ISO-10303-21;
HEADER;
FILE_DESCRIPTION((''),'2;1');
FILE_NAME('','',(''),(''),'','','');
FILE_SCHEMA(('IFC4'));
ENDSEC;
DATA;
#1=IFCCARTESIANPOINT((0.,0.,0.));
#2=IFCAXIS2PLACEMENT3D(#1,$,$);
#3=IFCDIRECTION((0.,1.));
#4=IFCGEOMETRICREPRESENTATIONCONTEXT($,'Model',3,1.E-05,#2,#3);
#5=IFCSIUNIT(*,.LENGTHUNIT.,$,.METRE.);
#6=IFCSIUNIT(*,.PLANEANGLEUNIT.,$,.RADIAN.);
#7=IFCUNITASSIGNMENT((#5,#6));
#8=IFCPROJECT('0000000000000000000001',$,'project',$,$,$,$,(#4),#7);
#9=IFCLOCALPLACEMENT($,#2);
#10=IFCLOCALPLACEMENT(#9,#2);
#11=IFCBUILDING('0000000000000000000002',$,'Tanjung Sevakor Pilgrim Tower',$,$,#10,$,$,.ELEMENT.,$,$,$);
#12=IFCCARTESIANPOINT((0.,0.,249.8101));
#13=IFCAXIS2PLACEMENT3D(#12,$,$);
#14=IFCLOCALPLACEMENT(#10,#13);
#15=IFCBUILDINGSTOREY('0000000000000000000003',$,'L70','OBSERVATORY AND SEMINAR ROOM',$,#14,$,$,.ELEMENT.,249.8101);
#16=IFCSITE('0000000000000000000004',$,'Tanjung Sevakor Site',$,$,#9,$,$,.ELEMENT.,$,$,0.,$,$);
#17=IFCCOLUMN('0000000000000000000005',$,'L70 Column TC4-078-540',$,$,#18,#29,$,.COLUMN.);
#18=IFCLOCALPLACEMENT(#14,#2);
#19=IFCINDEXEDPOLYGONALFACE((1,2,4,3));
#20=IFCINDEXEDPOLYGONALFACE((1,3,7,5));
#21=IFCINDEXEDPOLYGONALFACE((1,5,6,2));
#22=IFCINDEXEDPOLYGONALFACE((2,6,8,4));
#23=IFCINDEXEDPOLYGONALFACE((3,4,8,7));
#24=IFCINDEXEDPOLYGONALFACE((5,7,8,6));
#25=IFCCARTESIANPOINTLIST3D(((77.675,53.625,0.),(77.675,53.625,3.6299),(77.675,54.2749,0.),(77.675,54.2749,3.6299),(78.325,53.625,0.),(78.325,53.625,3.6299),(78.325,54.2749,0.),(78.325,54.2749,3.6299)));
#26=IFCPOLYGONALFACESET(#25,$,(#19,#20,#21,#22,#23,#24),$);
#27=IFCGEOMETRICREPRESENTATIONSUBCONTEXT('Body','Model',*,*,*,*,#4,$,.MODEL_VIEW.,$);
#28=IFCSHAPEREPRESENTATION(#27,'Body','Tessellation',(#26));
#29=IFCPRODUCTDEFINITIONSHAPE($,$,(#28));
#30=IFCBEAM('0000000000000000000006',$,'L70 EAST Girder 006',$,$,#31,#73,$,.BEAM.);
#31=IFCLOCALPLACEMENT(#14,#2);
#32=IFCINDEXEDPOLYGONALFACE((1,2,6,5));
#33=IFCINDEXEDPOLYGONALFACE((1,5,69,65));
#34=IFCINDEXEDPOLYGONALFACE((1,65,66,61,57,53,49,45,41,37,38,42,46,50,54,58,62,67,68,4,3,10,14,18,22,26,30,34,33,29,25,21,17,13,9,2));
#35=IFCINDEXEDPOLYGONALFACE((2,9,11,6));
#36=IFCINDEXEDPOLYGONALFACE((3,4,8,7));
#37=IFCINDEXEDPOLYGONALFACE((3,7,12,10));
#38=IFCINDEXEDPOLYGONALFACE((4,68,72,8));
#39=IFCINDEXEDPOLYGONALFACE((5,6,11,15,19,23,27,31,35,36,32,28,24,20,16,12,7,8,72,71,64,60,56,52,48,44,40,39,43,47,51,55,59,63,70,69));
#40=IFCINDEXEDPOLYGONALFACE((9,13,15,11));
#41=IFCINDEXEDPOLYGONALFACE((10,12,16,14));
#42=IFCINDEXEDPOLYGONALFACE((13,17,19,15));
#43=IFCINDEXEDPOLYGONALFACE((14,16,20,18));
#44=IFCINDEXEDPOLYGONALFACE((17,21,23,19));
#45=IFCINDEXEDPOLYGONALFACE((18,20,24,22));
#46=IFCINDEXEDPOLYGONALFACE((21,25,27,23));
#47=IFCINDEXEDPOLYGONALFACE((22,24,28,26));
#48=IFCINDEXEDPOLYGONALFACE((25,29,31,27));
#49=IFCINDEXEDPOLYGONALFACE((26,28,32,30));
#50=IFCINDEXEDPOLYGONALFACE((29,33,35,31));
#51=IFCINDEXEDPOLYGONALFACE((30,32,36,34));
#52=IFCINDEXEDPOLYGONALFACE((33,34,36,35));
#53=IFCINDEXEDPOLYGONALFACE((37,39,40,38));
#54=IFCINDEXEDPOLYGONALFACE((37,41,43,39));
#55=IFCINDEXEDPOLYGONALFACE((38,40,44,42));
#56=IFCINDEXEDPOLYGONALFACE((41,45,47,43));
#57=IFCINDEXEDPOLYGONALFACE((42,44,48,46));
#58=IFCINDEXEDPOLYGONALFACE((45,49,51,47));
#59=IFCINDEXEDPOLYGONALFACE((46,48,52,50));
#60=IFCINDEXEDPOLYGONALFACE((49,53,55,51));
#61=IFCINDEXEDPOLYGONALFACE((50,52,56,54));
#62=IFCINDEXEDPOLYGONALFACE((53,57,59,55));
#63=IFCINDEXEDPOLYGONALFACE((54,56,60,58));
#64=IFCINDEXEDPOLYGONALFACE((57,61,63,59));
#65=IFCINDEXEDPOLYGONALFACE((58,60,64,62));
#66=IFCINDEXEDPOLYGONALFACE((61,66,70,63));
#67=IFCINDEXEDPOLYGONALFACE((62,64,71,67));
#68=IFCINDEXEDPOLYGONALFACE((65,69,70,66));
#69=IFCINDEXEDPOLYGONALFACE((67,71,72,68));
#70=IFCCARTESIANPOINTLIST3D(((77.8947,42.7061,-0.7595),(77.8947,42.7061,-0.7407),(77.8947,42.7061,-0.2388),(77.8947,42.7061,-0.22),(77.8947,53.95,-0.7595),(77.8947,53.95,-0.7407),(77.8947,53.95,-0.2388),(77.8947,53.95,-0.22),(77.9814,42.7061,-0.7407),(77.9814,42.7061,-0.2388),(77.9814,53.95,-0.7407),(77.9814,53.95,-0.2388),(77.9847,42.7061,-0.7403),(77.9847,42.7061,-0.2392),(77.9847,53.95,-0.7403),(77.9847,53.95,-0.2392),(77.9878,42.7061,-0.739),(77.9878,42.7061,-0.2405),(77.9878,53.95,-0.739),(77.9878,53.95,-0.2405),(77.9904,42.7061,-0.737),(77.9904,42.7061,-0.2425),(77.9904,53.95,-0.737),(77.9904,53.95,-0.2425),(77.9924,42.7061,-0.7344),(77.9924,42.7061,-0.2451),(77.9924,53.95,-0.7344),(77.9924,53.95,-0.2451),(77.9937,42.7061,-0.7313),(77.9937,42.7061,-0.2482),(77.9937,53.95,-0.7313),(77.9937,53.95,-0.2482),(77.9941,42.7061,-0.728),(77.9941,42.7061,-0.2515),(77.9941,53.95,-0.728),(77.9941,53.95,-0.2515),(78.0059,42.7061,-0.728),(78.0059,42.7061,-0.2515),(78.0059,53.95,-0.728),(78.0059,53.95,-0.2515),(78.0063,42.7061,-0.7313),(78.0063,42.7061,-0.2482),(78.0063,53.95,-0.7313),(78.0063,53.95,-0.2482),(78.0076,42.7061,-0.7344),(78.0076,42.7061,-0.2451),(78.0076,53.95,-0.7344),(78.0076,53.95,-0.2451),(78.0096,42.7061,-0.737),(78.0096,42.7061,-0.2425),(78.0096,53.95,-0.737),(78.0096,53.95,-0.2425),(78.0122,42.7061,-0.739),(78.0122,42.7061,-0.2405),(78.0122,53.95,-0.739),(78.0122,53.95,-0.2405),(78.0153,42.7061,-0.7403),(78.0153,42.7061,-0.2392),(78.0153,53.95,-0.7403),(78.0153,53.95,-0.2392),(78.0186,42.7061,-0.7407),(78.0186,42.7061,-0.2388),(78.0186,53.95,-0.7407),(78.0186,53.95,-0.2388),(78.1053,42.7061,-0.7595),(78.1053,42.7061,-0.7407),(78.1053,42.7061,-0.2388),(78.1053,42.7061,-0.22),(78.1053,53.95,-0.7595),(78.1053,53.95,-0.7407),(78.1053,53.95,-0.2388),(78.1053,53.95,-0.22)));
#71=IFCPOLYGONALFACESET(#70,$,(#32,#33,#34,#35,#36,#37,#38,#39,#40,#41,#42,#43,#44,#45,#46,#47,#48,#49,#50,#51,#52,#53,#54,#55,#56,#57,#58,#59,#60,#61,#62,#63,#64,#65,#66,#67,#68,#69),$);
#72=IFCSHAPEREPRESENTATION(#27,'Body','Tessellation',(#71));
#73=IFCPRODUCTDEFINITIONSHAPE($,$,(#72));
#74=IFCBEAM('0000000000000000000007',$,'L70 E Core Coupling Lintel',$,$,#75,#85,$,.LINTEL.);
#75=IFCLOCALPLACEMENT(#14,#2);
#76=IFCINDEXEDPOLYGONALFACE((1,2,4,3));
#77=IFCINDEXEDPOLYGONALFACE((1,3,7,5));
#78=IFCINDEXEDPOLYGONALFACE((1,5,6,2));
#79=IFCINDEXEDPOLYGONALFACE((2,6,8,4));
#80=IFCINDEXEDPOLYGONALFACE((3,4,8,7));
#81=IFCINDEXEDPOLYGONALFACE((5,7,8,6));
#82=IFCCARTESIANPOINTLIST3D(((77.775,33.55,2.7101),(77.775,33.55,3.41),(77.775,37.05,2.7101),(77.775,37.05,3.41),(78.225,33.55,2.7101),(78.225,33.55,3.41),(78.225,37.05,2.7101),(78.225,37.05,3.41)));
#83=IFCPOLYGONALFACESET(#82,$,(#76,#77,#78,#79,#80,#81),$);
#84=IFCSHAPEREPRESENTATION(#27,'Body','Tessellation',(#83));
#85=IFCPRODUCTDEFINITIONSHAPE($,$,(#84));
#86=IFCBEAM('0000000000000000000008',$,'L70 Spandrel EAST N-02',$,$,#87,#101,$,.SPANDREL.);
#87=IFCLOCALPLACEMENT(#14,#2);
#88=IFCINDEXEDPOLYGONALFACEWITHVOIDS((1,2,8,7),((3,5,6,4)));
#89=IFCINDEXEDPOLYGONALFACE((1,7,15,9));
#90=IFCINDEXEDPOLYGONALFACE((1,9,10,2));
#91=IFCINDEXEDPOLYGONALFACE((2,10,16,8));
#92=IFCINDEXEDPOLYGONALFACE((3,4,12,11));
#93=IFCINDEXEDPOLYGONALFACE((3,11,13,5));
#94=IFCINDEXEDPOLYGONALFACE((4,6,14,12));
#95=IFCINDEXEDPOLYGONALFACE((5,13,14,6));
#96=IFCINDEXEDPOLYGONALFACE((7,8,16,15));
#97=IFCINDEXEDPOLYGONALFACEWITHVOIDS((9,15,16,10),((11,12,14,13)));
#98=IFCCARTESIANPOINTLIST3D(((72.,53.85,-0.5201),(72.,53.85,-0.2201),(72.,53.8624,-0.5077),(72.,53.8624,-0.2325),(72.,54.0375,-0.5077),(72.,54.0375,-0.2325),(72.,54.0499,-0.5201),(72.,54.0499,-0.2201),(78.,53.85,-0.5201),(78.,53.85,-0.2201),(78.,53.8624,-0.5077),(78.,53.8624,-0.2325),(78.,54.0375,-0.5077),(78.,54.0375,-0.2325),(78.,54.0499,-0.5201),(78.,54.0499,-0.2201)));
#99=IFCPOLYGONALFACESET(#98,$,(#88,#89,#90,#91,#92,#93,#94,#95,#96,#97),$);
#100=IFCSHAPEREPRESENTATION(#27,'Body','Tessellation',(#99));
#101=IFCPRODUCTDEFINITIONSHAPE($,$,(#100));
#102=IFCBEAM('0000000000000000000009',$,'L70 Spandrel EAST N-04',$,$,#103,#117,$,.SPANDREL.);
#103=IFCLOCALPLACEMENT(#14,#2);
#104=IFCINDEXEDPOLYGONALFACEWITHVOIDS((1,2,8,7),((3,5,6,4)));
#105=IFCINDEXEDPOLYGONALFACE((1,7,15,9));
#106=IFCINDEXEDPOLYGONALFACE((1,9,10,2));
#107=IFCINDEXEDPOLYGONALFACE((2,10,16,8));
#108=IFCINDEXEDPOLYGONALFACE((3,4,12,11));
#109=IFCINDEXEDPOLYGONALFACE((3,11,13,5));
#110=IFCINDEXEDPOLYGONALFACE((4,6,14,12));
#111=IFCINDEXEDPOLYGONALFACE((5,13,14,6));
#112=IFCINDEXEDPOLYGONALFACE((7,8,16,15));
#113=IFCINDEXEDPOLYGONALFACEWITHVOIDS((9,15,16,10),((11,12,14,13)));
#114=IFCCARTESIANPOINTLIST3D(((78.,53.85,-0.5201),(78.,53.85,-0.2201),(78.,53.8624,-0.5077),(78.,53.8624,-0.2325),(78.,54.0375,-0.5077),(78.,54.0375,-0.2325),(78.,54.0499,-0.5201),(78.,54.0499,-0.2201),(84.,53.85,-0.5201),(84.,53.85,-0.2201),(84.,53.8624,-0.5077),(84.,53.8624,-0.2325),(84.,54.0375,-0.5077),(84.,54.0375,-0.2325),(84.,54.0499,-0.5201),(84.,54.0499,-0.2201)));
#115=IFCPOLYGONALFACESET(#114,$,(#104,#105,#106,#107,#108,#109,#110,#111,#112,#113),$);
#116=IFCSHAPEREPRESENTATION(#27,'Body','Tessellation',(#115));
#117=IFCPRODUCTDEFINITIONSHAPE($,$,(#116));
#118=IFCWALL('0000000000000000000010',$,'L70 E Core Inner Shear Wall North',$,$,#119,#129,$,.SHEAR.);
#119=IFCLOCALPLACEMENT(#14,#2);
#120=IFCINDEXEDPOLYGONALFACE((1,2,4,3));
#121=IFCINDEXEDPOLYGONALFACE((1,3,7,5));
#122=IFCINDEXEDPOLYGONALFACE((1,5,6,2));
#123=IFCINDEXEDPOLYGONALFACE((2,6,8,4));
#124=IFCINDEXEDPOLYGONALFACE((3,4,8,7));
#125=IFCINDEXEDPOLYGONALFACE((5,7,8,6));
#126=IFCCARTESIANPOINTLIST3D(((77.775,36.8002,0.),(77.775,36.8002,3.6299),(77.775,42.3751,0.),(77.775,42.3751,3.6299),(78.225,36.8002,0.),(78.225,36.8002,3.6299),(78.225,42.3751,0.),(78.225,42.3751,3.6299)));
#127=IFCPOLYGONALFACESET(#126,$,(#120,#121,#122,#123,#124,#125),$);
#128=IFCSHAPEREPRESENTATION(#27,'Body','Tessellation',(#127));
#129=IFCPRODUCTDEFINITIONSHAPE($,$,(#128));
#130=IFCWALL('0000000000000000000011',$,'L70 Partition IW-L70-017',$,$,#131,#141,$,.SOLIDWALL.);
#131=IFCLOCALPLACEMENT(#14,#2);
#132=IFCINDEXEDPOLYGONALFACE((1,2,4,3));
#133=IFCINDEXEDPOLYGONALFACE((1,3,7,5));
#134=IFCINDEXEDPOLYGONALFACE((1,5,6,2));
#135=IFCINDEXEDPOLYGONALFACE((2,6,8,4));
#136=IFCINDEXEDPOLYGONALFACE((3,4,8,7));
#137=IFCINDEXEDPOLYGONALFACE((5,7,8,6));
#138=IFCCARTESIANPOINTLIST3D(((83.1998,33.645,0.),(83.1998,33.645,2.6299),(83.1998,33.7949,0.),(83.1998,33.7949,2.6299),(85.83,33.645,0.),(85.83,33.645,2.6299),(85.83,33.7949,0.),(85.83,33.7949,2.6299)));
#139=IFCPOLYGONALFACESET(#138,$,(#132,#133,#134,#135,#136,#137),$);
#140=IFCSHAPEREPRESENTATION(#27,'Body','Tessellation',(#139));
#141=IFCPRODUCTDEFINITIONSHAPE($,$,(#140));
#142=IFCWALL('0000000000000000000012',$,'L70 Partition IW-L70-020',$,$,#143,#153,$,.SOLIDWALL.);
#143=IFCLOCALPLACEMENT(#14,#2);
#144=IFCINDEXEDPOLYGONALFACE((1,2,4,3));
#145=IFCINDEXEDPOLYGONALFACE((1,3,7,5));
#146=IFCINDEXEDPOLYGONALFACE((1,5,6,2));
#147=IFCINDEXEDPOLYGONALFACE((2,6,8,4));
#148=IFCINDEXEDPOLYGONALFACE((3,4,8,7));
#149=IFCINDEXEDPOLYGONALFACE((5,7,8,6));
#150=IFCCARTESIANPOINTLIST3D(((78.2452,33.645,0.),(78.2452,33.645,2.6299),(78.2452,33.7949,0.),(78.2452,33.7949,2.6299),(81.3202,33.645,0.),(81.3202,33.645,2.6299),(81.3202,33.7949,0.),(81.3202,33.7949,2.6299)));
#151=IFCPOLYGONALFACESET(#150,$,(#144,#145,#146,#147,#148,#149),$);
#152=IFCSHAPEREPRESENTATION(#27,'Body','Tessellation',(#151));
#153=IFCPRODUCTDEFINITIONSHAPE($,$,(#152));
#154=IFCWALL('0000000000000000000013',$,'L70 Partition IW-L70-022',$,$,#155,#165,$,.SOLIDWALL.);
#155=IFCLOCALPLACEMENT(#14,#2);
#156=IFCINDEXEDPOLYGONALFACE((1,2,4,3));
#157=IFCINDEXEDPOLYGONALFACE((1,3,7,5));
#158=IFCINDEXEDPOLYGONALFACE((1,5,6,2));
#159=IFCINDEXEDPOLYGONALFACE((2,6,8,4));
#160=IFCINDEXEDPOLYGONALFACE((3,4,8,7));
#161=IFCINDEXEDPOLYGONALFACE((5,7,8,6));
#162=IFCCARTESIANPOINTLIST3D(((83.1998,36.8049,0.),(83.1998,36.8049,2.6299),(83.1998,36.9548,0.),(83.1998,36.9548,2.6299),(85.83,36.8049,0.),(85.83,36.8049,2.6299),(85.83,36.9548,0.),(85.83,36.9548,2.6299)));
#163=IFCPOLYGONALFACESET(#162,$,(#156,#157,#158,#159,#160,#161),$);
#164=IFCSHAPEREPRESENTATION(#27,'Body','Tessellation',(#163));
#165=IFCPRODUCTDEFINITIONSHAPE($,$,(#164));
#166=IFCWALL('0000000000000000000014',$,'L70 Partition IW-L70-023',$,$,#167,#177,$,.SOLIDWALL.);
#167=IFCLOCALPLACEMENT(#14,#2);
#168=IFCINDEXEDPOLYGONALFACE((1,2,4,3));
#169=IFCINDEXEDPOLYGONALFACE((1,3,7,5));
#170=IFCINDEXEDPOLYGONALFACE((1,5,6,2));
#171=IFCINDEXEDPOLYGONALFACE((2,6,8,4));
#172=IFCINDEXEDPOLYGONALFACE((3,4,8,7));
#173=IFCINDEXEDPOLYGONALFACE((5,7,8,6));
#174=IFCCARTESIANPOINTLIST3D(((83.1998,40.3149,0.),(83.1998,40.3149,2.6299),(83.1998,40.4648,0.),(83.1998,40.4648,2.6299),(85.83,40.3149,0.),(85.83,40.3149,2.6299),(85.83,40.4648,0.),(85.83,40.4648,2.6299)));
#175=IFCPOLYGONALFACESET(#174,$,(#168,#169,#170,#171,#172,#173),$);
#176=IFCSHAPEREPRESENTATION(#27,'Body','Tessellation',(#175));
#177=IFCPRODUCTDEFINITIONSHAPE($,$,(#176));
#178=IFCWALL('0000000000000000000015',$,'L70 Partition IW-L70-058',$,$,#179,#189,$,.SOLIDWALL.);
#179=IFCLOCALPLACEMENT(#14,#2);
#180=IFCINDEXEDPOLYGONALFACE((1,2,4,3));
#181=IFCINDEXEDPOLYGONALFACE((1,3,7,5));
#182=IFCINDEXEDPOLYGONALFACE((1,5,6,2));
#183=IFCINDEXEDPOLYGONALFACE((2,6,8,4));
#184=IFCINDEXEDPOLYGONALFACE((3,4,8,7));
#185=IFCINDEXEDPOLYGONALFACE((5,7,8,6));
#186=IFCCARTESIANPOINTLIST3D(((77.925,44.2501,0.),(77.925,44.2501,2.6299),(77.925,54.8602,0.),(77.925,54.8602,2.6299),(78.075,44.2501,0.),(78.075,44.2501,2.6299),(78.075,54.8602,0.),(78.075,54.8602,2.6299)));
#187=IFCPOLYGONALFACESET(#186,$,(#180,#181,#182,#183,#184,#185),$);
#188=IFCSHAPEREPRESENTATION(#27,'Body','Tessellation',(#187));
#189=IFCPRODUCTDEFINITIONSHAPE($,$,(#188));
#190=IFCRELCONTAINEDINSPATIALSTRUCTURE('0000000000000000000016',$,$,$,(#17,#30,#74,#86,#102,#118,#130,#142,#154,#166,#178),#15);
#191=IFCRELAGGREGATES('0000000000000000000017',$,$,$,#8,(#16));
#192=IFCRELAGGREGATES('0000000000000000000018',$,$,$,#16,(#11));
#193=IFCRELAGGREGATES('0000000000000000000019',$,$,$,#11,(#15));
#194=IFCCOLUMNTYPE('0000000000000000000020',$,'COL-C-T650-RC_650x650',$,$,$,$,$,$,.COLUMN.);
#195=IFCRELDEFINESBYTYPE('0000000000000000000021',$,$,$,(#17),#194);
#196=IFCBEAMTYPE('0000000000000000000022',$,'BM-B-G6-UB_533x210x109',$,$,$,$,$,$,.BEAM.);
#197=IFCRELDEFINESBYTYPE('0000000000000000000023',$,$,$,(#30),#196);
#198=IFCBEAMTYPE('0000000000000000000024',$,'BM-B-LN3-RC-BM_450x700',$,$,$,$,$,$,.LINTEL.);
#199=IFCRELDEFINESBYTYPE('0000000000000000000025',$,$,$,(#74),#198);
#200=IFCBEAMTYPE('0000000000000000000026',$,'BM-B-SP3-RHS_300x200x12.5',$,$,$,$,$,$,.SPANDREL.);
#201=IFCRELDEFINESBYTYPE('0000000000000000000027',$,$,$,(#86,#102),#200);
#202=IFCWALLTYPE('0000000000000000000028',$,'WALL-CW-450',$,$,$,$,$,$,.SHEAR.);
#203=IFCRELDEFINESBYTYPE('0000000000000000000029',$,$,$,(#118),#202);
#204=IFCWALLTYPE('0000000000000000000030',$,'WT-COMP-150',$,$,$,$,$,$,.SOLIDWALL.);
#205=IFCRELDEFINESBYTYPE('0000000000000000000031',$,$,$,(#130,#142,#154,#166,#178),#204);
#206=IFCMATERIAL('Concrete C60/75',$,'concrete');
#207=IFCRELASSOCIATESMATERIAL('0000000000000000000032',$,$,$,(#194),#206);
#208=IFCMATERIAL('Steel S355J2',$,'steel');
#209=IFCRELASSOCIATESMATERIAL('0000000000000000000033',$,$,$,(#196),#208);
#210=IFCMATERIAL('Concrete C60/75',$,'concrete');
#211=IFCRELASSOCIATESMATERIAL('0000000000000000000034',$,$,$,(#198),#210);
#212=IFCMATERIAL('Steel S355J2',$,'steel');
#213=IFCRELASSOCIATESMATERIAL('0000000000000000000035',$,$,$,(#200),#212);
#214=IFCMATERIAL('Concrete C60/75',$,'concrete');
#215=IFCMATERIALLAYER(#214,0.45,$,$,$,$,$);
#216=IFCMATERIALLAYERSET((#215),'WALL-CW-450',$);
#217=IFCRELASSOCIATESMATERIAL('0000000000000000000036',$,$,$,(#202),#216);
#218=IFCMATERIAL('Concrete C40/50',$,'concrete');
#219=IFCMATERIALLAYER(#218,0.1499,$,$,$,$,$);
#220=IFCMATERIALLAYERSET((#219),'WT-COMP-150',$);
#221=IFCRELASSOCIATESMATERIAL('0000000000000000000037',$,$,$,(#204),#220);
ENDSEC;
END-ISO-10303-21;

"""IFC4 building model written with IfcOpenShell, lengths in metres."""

from ifc_helpers import new_model, si_unit, direction, frame, frame_2d, origin, origin_2d, place, context, subcontext, project, spatial, rectangle, hollow_rectangle, i_section, extrude, material, layer, layer_set, material_profile, profile_set, type_object, element, save


model = new_model("IFC4")

# Units and contexts
model_context = context("Model", 3, precision=1e-05, world=origin(), true_north=direction((0.0, 1.0)))
body_context = subcontext(model_context, "Body", "Model", "MODEL_VIEW")
ifc_project = project(units=[si_unit("LENGTHUNIT", "METRE"), si_unit("PLANEANGLEUNIT", "RADIAN")], contexts=[model_context])

# Site, building, storey
site_placement = place(None, origin())
site = spatial("IfcSite", under=ifc_project, at=site_placement, Name="Tanjung Sevakor Site", CompositionType="ELEMENT", RefElevation=0.0)
building_placement = place(site_placement, origin())
building = spatial("IfcBuilding", under=site, at=building_placement, Name="Tanjung Sevakor Pilgrim Tower", CompositionType="ELEMENT")
storey_placement = place(building_placement, frame((0.0, 0.0, 249.8101)))
storey = spatial("IfcBuildingStorey", under=building, at=storey_placement, Name="L70", Description="OBSERVATORY AND SEMINAR ROOM", CompositionType="ELEMENT", Elevation=249.8101)

# Column
ifc_material_1 = material(Name="Concrete C60/75", Category="concrete")
ifc_material_profile_1 = material_profile(ifc_material_1, rectangle(XDim=0.6499, YDim=0.6499, at=origin_2d()))
ifc_profile_set_1 = profile_set([ifc_material_profile_1], Name="Concrete C60/75")
column_type = type_object("IfcColumnType", Name="COL-C-T650-RC_650x650", PredefinedType="COLUMN", material=ifc_profile_set_1)
column_placement = place(storey_placement, frame((78.0, 53.95, 0.0), z_axis=(0.0, 0.0, 1.0), x_axis=(1.0, 0.0, 0.0)))
element("IfcColumn", 1, at=column_placement, inside=storey, type_object=column_type, Name="L70 Column TC4-078-540", PredefinedType="COLUMN", context=body_context, shape_type="SweptSolid", body=[
    extrude(rectangle(XDim=0.6499, YDim=0.6499, at=origin_2d()), origin(), (0.0, 0.0, 1.0), 3.6299),
])

# Beams
ifc_material_2 = material(Name="Steel S355J2", Category="steel")
ifc_material_profile_2 = material_profile(ifc_material_2, i_section(OverallWidth=0.2107, OverallDepth=0.5396, WebThickness=0.0117, FlangeThickness=0.0188, FilletRadius=0.0127, at=origin_2d()))
ifc_profile_set_2 = profile_set([ifc_material_profile_2], Name="Steel S355J2")
beam_type_1 = type_object("IfcBeamType", Name="BM-B-G6-UB_533x210x109", PredefinedType="BEAM", material=ifc_profile_set_2)
beam_1_placement = place(storey_placement, frame((78.0, 42.7061, -0.4897), z_axis=(0.0, 1.0, 0.0), x_axis=(-1.0, 0.0, 0.0)))
element("IfcBeam", 2, at=beam_1_placement, inside=storey, type_object=beam_type_1, Name="L70 EAST Girder 006", PredefinedType="BEAM", context=body_context, shape_type="SweptSolid", body=[
    extrude(i_section(OverallWidth=0.2107, OverallDepth=0.5396, WebThickness=0.0117, FlangeThickness=0.0188, FilletRadius=0.0127, at=origin_2d()), origin(), (0.0, 0.0, 1.0), 11.2439),
])
ifc_material_3 = material(Name="Concrete C60/75", Category="concrete")
ifc_material_profile_3 = material_profile(ifc_material_3, rectangle(XDim=0.45, YDim=0.7, at=origin_2d()))
ifc_profile_set_3 = profile_set([ifc_material_profile_3], Name="Concrete C60/75")
beam_type_2 = type_object("IfcBeamType", Name="BM-B-LN3-RC-BM_450x700", PredefinedType="LINTEL", material=ifc_profile_set_3)
beam_2_placement = place(storey_placement, frame((78.0, 33.55, 3.0601), z_axis=(0.0, 1.0, 0.0), x_axis=(-1.0, 0.0, 0.0)))
element("IfcBeam", 3, at=beam_2_placement, inside=storey, type_object=beam_type_2, Name="L70 E Core Coupling Lintel", PredefinedType="LINTEL", context=body_context, shape_type="SweptSolid", body=[
    extrude(rectangle(XDim=0.45, YDim=0.7, at=origin_2d()), origin(), (0.0, 0.0, 1.0), 3.5),
])
ifc_material_4 = material(Name="Steel S355J2", Category="steel")
ifc_material_profile_4 = material_profile(ifc_material_4, hollow_rectangle(XDim=0.2, YDim=0.3, WallThickness=0.0125, at=origin_2d()))
ifc_profile_set_4 = profile_set([ifc_material_profile_4], Name="Steel S355J2")
beam_type_3 = type_object("IfcBeamType", Name="BM-B-SP3-RHS_300x200x12.5", PredefinedType="SPANDREL", material=ifc_profile_set_4)
for number, where, z_axis, x_axis, name in (
    (4, (72.0, 53.95, -0.3701), (1.0, 0.0, 0.0), (0.0, 1.0, 0.0), "L70 Spandrel EAST N-02"),
    (5, (78.0, 53.95, -0.3701), (1.0, 0.0, 0.0), (0.0, 1.0, 0.0), "L70 Spandrel EAST N-04"),
):
    element("IfcBeam", number, at=place(storey_placement, frame(where, z_axis=z_axis, x_axis=x_axis)), inside=storey, type_object=beam_type_3, Name=name, PredefinedType="SPANDREL", context=body_context, shape_type="SweptSolid", body=[
        extrude(hollow_rectangle(XDim=0.2, YDim=0.3, WallThickness=0.0125, at=origin_2d()), origin(), (0.0, 0.0, 1.0), 6.0),
    ])

# Walls
ifc_material_5 = material(Name="Concrete C60/75", Category="concrete")
ifc_layer_1 = layer(ifc_material_5, 0.45)
ifc_layer_set_1 = layer_set([ifc_layer_1], Name="WALL-CW-450")
wall_type_1 = type_object("IfcWallType", Name="WALL-CW-450", PredefinedType="SHEAR", material=ifc_layer_set_1)
wall_1_placement = place(storey_placement, frame((78.0, 36.8, 0.0), z_axis=(0.0, 0.0, 1.0), x_axis=(0.0, 1.0, 0.0)))
element("IfcWall", 6, at=wall_1_placement, inside=storey, type_object=wall_type_1, Name="L70 E Core Inner Shear Wall North", PredefinedType="SHEAR", context=body_context, shape_type="SweptSolid", body=[
    extrude(rectangle(XDim=5.575, YDim=0.45, at=frame_2d((2.7876, 0.0))), origin(), (0.0, 0.0, 1.0), 3.6299),
])
ifc_material_6 = material(Name="Concrete C40/50", Category="concrete")
ifc_layer_2 = layer(ifc_material_6, 0.1499)
ifc_layer_set_2 = layer_set([ifc_layer_2], Name="WT-COMP-150")
wall_type_2 = type_object("IfcWallType", Name="WT-COMP-150", PredefinedType="SOLIDWALL", material=ifc_layer_set_2)
wall_2_placement = place(storey_placement, frame((83.2, 33.72, 0.0), z_axis=(0.0, 0.0, 1.0), x_axis=(1.0, 0.0, 0.0)))
element("IfcWall", 7, at=wall_2_placement, inside=storey, type_object=wall_type_2, Name="L70 Partition IW-L70-017", PredefinedType="SOLIDWALL", context=body_context, shape_type="SweptSolid", body=[
    extrude(rectangle(XDim=2.6301, YDim=0.1499, at=frame_2d((1.3149, 0.0))), origin(), (0.0, 0.0, 1.0), 2.6299),
])
wall_3_placement = place(storey_placement, frame((78.2451, 33.72, 0.0), z_axis=(0.0, 0.0, 1.0), x_axis=(1.0, 0.0, 0.0)))
element("IfcWall", 8, at=wall_3_placement, inside=storey, type_object=wall_type_2, Name="L70 Partition IW-L70-020", PredefinedType="SOLIDWALL", context=body_context, shape_type="SweptSolid", body=[
    extrude(rectangle(XDim=3.075, YDim=0.1499, at=frame_2d((1.5376, 0.0))), origin(), (0.0, 0.0, 1.0), 2.6299),
])
for number, where, z_axis, x_axis, name in (
    (9, (83.2, 36.8799, 0.0), (0.0, 0.0, 1.0), (1.0, 0.0, 0.0), "L70 Partition IW-L70-022"),
    (10, (83.2, 40.3899, 0.0), (0.0, 0.0, 1.0), (1.0, 0.0, 0.0), "L70 Partition IW-L70-023"),
):
    element("IfcWall", number, at=place(storey_placement, frame(where, z_axis=z_axis, x_axis=x_axis)), inside=storey, type_object=wall_type_2, Name=name, PredefinedType="SOLIDWALL", context=body_context, shape_type="SweptSolid", body=[
        extrude(rectangle(XDim=2.6301, YDim=0.1499, at=frame_2d((1.3149, 0.0))), origin(), (0.0, 0.0, 1.0), 2.6299),
    ])

# Wall
wall_4_placement = place(storey_placement, frame((78.0, 44.25, 0.0), z_axis=(0.0, 0.0, 1.0), x_axis=(0.0, 1.0, 0.0)))
element("IfcWall", 11, at=wall_4_placement, inside=storey, type_object=wall_type_2, Name="L70 Partition IW-L70-058", PredefinedType="SOLIDWALL", context=body_context, shape_type="SweptSolid", body=[
    extrude(rectangle(XDim=10.6101, YDim=0.1499, at=frame_2d((5.3052, 0.0))), origin(), (0.0, 0.0, 1.0), 2.6299),
])

save(model, "model.ifc")
